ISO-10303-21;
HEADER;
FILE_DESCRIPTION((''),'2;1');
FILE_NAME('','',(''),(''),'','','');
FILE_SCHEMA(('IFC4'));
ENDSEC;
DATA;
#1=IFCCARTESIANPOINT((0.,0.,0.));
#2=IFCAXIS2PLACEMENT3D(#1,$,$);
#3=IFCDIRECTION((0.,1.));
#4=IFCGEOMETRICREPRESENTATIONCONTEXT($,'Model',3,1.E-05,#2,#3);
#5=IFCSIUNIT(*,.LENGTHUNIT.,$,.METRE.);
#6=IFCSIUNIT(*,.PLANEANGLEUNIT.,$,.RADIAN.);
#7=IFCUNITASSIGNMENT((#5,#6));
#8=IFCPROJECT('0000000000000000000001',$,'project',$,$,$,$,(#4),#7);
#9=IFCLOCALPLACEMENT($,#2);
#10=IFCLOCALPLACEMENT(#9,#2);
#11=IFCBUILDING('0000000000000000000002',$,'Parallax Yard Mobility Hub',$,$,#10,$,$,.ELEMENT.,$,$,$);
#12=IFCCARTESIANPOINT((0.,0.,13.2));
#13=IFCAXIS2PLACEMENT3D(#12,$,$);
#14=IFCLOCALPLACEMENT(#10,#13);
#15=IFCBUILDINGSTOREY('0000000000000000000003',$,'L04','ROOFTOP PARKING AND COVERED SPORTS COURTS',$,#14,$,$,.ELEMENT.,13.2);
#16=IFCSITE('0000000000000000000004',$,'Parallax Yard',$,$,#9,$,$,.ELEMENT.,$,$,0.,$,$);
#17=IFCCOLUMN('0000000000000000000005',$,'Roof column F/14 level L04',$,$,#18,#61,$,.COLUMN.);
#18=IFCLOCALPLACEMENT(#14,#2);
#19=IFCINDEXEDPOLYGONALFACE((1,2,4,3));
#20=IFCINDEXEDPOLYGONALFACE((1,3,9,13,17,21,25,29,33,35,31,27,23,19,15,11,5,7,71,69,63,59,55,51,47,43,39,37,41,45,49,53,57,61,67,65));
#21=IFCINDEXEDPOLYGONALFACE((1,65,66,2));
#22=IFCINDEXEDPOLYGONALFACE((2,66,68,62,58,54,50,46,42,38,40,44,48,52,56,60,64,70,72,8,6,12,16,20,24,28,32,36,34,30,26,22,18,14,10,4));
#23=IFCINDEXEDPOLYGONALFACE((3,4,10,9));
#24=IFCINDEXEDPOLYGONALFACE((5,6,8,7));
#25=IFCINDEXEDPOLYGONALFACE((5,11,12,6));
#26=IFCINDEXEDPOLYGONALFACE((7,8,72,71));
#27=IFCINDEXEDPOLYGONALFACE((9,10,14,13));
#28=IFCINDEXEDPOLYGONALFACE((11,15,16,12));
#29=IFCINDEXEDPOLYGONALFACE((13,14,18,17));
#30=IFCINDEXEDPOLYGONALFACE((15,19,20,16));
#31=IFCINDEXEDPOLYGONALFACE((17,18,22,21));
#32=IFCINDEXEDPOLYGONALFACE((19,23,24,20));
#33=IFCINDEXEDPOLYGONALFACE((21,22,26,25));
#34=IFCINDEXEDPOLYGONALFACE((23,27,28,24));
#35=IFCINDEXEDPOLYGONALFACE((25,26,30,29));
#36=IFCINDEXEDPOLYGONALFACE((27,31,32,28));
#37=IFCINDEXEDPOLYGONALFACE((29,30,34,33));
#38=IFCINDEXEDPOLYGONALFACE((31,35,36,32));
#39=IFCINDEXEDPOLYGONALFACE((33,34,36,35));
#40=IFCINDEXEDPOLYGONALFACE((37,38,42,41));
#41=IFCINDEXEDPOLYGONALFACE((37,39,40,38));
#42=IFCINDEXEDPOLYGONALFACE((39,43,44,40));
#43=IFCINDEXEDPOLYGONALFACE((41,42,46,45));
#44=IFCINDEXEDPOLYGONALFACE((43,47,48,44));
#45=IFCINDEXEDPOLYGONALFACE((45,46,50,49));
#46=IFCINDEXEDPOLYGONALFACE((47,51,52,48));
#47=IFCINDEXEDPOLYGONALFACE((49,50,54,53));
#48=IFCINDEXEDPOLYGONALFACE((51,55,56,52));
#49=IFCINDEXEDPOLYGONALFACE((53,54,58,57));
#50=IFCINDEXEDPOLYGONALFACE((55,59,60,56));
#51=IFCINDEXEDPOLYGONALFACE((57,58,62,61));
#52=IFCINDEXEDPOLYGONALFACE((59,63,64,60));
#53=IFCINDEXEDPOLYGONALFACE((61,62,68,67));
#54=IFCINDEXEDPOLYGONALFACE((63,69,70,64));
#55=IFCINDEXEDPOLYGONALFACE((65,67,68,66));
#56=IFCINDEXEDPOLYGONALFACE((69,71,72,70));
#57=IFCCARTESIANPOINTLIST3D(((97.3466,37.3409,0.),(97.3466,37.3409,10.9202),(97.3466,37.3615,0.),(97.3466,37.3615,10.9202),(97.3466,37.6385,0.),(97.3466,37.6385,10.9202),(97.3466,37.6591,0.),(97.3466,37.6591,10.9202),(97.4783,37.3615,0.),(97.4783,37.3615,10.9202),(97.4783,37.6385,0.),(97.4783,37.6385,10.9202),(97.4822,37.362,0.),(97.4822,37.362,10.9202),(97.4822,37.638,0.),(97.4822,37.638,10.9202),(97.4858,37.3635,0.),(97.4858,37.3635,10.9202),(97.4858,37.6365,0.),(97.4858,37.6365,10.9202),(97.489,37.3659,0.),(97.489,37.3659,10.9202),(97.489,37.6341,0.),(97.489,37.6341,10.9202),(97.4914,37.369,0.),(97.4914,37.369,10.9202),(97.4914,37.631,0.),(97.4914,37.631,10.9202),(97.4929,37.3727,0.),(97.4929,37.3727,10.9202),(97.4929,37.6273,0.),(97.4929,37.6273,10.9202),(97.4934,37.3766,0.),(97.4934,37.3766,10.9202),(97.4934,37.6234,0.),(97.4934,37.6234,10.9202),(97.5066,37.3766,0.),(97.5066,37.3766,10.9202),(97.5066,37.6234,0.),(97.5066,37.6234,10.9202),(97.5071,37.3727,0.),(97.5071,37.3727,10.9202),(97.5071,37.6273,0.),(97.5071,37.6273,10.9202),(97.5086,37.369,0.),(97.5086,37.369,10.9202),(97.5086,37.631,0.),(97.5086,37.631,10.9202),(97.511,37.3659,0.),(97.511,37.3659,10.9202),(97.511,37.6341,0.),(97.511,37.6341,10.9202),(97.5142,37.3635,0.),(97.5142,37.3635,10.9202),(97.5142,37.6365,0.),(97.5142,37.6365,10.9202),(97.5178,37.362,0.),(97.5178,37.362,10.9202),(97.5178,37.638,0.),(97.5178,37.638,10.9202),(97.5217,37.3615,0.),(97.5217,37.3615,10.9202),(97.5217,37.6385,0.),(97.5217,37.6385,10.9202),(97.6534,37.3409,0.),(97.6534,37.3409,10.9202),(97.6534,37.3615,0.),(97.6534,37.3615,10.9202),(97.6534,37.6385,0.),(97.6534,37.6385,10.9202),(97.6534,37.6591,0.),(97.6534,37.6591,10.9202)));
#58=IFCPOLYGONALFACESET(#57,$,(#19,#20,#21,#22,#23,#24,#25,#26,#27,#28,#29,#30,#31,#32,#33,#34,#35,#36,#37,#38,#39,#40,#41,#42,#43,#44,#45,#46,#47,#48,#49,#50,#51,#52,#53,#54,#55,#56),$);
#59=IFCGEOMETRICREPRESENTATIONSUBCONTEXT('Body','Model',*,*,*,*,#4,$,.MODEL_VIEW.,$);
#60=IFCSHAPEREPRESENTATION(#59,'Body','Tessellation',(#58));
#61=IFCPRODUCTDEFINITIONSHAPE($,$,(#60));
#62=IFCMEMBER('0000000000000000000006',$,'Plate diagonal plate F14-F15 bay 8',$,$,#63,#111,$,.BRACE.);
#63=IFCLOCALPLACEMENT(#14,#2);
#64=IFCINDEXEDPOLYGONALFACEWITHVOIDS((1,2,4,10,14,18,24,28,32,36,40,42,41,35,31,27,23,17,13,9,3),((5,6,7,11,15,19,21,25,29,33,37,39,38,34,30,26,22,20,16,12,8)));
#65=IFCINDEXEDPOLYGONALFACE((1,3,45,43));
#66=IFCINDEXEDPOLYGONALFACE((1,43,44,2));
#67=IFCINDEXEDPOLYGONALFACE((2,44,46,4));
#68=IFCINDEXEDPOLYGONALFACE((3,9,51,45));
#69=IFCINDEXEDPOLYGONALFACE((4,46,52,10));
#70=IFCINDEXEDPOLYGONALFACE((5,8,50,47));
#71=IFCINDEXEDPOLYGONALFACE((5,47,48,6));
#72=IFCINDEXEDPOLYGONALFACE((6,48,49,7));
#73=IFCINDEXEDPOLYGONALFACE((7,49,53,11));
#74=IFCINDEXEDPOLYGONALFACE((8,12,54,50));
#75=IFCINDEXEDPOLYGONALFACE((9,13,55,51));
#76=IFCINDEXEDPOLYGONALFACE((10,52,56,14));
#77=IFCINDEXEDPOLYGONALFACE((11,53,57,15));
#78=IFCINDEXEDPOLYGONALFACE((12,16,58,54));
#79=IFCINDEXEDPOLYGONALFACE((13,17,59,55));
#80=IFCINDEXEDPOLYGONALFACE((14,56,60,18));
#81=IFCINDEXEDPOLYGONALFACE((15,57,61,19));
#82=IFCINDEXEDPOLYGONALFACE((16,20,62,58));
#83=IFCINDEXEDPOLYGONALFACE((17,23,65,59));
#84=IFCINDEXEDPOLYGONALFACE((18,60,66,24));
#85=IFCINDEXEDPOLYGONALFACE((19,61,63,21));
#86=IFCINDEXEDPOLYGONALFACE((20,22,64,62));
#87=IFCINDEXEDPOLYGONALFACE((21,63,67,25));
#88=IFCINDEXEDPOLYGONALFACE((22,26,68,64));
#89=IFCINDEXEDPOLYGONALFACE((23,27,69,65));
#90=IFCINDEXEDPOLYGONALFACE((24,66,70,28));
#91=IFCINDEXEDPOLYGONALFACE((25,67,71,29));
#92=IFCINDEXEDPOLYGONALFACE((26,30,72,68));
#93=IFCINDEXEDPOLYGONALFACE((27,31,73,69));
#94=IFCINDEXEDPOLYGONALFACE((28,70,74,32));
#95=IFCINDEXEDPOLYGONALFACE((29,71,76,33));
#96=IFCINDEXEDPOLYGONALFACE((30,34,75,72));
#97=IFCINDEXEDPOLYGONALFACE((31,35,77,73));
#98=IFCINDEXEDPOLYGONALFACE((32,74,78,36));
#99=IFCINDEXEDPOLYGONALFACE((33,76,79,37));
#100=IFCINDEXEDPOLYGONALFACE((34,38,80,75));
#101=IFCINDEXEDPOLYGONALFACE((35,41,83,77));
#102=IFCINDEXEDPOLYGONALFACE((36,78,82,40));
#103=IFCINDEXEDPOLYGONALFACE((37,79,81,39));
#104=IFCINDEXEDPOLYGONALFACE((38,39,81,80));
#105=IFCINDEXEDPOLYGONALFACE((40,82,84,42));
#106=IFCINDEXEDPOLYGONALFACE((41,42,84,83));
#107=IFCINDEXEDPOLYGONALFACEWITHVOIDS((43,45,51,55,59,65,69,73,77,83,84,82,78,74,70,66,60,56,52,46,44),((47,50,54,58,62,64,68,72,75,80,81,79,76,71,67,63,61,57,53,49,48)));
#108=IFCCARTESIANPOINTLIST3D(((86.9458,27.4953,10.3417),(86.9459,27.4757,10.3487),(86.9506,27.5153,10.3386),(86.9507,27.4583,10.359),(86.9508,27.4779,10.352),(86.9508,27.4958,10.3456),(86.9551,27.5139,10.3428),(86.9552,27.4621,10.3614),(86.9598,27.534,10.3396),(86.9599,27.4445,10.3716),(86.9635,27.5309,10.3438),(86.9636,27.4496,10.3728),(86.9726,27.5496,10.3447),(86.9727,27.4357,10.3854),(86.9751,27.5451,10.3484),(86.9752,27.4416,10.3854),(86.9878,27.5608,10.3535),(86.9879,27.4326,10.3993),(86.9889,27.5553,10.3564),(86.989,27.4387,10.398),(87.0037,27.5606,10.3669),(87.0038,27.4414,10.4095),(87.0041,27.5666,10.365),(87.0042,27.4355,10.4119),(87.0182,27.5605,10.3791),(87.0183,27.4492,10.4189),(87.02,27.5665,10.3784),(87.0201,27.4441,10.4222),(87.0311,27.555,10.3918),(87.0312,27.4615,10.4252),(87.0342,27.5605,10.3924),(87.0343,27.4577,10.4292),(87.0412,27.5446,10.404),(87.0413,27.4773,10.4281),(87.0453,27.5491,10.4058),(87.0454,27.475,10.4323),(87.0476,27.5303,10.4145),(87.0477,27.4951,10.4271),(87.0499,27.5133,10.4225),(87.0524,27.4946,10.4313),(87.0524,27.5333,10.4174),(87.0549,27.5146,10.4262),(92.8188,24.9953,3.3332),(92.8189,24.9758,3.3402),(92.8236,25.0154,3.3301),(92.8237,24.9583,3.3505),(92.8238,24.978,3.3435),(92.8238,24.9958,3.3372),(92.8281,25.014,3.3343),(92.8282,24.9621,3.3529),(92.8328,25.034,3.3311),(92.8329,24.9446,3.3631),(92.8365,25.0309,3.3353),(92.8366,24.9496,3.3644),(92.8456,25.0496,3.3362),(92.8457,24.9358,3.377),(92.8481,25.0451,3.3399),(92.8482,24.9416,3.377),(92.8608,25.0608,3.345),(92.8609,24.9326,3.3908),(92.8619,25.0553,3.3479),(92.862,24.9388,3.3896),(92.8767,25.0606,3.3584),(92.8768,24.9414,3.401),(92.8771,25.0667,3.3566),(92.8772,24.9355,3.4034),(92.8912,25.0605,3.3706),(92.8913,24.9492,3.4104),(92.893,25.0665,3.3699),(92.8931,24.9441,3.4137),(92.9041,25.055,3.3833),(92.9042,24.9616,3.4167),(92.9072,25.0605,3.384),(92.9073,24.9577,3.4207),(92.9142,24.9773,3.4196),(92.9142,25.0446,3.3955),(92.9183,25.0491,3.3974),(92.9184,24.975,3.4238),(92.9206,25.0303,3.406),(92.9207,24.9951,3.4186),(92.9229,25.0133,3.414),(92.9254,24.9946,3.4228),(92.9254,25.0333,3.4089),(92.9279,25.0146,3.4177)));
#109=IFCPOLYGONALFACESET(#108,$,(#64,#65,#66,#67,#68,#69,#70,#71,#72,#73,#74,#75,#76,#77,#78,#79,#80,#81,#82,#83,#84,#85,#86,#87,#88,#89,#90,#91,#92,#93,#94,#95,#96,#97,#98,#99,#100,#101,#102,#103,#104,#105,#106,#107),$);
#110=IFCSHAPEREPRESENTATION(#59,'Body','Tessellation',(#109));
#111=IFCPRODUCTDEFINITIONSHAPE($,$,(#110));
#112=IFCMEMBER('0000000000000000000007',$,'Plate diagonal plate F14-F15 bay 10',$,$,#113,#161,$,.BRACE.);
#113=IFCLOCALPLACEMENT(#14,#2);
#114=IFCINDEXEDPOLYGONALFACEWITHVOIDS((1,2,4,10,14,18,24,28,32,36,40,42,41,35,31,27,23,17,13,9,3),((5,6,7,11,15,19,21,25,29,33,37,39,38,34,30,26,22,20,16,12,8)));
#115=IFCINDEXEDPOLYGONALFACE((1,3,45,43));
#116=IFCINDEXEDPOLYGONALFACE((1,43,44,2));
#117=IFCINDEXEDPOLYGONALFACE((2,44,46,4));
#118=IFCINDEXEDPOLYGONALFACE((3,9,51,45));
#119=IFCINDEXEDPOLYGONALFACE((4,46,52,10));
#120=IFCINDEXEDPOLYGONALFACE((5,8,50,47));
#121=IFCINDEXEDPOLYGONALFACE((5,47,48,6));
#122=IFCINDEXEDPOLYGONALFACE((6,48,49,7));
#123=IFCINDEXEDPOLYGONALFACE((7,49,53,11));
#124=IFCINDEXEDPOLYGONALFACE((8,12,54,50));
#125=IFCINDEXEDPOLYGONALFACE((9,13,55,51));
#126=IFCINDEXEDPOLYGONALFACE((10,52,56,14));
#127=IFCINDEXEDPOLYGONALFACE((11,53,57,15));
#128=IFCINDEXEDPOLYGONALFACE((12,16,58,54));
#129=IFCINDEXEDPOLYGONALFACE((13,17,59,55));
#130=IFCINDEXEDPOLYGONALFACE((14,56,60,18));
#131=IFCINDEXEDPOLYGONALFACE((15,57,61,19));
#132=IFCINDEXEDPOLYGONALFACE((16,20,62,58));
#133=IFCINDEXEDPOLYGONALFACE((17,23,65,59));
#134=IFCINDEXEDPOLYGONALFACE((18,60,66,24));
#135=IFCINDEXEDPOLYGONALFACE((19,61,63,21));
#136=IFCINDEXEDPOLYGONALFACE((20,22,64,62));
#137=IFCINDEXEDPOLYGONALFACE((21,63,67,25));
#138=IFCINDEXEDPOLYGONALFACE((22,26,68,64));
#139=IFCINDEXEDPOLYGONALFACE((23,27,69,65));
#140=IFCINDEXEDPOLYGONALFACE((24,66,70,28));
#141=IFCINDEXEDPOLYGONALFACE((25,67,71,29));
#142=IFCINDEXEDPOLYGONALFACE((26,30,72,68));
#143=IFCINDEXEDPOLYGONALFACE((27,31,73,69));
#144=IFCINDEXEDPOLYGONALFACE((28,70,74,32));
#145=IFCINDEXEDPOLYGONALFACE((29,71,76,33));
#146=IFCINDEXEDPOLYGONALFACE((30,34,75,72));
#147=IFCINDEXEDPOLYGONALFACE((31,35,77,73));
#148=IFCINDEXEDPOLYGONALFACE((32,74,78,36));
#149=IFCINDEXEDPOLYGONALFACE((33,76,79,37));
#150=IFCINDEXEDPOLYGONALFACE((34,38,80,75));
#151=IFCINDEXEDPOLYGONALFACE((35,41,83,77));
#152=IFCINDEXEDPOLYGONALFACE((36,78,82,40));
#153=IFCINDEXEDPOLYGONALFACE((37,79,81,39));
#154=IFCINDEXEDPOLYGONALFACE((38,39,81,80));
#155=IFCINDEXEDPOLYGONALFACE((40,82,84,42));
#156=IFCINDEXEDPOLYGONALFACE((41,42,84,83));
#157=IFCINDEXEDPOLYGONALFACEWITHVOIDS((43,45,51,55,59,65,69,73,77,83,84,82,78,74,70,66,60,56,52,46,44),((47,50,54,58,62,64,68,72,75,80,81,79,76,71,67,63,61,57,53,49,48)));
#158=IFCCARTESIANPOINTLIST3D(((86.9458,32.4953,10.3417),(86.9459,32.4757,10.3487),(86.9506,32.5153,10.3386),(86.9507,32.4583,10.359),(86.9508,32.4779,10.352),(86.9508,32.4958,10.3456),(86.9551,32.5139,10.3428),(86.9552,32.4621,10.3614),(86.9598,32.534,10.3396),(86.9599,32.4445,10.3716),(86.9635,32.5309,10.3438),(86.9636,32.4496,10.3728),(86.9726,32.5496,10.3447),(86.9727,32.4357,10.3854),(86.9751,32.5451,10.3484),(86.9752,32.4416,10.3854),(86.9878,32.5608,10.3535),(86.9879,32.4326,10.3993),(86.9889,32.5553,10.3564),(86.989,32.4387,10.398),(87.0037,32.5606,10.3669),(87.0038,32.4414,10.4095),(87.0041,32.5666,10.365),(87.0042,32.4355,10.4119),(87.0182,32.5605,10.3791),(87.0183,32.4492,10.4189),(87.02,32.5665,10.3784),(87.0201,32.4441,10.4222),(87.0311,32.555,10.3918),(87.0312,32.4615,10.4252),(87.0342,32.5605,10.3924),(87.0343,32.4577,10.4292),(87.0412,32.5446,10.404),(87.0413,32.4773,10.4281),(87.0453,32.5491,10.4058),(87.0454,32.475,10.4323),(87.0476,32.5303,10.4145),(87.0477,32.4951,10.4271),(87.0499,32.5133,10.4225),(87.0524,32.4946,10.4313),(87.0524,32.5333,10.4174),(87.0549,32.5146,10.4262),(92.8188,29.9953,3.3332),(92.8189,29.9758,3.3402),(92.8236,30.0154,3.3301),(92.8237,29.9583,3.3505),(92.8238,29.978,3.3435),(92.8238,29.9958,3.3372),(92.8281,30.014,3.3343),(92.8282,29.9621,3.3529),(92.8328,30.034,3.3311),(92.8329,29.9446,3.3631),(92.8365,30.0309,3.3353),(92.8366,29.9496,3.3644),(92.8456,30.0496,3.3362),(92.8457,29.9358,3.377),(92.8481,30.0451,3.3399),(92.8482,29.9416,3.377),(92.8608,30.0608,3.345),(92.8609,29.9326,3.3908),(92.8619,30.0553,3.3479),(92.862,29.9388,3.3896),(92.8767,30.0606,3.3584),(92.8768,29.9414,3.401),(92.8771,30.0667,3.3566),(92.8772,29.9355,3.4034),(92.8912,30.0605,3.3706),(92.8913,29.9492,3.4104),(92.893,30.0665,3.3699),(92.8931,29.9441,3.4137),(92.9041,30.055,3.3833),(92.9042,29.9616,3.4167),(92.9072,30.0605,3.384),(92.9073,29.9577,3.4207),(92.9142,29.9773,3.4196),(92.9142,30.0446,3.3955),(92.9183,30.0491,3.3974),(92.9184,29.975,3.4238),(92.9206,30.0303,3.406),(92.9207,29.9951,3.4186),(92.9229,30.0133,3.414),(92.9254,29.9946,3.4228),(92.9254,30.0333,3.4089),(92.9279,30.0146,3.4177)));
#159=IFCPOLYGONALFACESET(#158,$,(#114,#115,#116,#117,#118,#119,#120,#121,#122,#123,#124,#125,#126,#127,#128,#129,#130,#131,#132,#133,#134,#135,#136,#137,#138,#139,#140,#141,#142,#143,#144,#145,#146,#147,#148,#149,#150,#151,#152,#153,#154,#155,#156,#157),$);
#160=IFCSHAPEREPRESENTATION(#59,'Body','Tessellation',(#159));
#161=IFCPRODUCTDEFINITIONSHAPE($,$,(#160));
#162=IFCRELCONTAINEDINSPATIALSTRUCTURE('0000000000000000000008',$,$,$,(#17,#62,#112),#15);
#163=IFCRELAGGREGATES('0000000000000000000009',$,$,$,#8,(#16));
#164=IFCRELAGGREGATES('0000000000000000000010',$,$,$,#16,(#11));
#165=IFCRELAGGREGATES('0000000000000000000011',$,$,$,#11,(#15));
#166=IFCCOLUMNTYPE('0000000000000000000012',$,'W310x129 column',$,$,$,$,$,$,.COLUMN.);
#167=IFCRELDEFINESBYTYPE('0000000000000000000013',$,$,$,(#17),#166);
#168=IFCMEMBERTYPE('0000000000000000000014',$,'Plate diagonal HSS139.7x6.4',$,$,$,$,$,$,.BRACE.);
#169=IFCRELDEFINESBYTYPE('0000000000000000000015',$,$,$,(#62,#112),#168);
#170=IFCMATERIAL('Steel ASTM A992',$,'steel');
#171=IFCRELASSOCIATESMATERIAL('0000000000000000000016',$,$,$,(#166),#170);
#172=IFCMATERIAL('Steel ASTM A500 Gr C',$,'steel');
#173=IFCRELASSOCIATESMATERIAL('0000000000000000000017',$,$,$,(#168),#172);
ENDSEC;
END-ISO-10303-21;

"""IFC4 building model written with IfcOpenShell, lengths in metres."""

from ifc_helpers import new_model, si_unit, direction, frame, origin, origin_2d, place, context, subcontext, project, spatial, hollow_circle, i_section, extrude, material, material_profile, profile_set, type_object, element, save


model = new_model("IFC4")

# Units and contexts
model_context = context("Model", 3, precision=1e-05, world=origin(), true_north=direction((0.0, 1.0)))
body_context = subcontext(model_context, "Body", "Model", "MODEL_VIEW")
ifc_project = project(units=[si_unit("LENGTHUNIT", "METRE"), si_unit("PLANEANGLEUNIT", "RADIAN")], contexts=[model_context])

# Site, building, storey
site_placement = place(None, origin())
site = spatial("IfcSite", under=ifc_project, at=site_placement, Name="Parallax Yard", CompositionType="ELEMENT", RefElevation=0.0)
building_placement = place(site_placement, origin())
building = spatial("IfcBuilding", under=site, at=building_placement, Name="Parallax Yard Mobility Hub", CompositionType="ELEMENT")
storey_placement = place(building_placement, frame((0.0, 0.0, 13.2)))
storey = spatial("IfcBuildingStorey", under=building, at=storey_placement, Name="L04", Description="ROOFTOP PARKING AND COVERED SPORTS COURTS", CompositionType="ELEMENT", Elevation=13.2)

# Column
ifc_material_1 = material(Name="Steel ASTM A992", Category="steel")
ifc_material_profile_1 = material_profile(ifc_material_1, i_section(OverallWidth=0.3069, OverallDepth=0.3181, WebThickness=0.0132, FlangeThickness=0.0205, FilletRadius=0.0151, at=origin_2d()), Name="W310x129")
ifc_profile_set_1 = profile_set([ifc_material_profile_1], Name="Steel ASTM A992")
column_type = type_object("IfcColumnType", Name="W310x129 column", PredefinedType="COLUMN", material=ifc_profile_set_1)
column_placement = place(storey_placement, frame((97.5, 37.5, 0.0), z_axis=(0.0, 0.0, 1.0), x_axis=(1.0, 0.0, 0.0)))
element("IfcColumn", 1, at=column_placement, inside=storey, type_object=column_type, Name="Roof column F/14 level L04", PredefinedType="COLUMN", context=body_context, shape_type="SweptSolid", body=[
    extrude(i_section(OverallWidth=0.3069, OverallDepth=0.3181, WebThickness=0.0132, FlangeThickness=0.0205, FilletRadius=0.0151, at=origin_2d()), origin(), (0.0, 0.0, 1.0), 10.9202),
])

# Members
ifc_material_2 = material(Name="Steel ASTM A500 Gr C", Category="steel")
ifc_material_profile_2 = material_profile(ifc_material_2, hollow_circle(Radius=0.0698, WallThickness=0.0063, at=origin_2d()), Name="HSS139.7x6.4")
ifc_profile_set_2 = profile_set([ifc_material_profile_2], Name="Steel ASTM A500 Gr C")
member_type_1 = type_object("IfcMemberType", Name="Plate diagonal HSS139.7x6.4", PredefinedType="BRACE", material=ifc_profile_set_2)
for number, where, z_axis, x_axis, name in (
    (2, (92.873, 25.0, 3.377), (-0.619547, 0.263725, 0.739331), (-0.391665, -0.920108, 0.0), "Plate diagonal plate F14-F15 bay 8"),
    (3, (92.873, 30.0, 3.377), (-0.619547, 0.263725, 0.739331), (-0.391665, -0.920108, 0.0), "Plate diagonal plate F14-F15 bay 10"),
):
    element("IfcMember", number, at=place(storey_placement, frame(where, z_axis=z_axis, x_axis=x_axis)), inside=storey, type_object=member_type_1, Name=name, PredefinedType="BRACE", context=body_context, shape_type="SweptSolid", body=[
        extrude(hollow_circle(Radius=0.0698, WallThickness=0.0063, at=origin_2d()), origin(), (0.0, 0.0, 1.0), 9.4795),
    ])

save(model, "model.ifc")
